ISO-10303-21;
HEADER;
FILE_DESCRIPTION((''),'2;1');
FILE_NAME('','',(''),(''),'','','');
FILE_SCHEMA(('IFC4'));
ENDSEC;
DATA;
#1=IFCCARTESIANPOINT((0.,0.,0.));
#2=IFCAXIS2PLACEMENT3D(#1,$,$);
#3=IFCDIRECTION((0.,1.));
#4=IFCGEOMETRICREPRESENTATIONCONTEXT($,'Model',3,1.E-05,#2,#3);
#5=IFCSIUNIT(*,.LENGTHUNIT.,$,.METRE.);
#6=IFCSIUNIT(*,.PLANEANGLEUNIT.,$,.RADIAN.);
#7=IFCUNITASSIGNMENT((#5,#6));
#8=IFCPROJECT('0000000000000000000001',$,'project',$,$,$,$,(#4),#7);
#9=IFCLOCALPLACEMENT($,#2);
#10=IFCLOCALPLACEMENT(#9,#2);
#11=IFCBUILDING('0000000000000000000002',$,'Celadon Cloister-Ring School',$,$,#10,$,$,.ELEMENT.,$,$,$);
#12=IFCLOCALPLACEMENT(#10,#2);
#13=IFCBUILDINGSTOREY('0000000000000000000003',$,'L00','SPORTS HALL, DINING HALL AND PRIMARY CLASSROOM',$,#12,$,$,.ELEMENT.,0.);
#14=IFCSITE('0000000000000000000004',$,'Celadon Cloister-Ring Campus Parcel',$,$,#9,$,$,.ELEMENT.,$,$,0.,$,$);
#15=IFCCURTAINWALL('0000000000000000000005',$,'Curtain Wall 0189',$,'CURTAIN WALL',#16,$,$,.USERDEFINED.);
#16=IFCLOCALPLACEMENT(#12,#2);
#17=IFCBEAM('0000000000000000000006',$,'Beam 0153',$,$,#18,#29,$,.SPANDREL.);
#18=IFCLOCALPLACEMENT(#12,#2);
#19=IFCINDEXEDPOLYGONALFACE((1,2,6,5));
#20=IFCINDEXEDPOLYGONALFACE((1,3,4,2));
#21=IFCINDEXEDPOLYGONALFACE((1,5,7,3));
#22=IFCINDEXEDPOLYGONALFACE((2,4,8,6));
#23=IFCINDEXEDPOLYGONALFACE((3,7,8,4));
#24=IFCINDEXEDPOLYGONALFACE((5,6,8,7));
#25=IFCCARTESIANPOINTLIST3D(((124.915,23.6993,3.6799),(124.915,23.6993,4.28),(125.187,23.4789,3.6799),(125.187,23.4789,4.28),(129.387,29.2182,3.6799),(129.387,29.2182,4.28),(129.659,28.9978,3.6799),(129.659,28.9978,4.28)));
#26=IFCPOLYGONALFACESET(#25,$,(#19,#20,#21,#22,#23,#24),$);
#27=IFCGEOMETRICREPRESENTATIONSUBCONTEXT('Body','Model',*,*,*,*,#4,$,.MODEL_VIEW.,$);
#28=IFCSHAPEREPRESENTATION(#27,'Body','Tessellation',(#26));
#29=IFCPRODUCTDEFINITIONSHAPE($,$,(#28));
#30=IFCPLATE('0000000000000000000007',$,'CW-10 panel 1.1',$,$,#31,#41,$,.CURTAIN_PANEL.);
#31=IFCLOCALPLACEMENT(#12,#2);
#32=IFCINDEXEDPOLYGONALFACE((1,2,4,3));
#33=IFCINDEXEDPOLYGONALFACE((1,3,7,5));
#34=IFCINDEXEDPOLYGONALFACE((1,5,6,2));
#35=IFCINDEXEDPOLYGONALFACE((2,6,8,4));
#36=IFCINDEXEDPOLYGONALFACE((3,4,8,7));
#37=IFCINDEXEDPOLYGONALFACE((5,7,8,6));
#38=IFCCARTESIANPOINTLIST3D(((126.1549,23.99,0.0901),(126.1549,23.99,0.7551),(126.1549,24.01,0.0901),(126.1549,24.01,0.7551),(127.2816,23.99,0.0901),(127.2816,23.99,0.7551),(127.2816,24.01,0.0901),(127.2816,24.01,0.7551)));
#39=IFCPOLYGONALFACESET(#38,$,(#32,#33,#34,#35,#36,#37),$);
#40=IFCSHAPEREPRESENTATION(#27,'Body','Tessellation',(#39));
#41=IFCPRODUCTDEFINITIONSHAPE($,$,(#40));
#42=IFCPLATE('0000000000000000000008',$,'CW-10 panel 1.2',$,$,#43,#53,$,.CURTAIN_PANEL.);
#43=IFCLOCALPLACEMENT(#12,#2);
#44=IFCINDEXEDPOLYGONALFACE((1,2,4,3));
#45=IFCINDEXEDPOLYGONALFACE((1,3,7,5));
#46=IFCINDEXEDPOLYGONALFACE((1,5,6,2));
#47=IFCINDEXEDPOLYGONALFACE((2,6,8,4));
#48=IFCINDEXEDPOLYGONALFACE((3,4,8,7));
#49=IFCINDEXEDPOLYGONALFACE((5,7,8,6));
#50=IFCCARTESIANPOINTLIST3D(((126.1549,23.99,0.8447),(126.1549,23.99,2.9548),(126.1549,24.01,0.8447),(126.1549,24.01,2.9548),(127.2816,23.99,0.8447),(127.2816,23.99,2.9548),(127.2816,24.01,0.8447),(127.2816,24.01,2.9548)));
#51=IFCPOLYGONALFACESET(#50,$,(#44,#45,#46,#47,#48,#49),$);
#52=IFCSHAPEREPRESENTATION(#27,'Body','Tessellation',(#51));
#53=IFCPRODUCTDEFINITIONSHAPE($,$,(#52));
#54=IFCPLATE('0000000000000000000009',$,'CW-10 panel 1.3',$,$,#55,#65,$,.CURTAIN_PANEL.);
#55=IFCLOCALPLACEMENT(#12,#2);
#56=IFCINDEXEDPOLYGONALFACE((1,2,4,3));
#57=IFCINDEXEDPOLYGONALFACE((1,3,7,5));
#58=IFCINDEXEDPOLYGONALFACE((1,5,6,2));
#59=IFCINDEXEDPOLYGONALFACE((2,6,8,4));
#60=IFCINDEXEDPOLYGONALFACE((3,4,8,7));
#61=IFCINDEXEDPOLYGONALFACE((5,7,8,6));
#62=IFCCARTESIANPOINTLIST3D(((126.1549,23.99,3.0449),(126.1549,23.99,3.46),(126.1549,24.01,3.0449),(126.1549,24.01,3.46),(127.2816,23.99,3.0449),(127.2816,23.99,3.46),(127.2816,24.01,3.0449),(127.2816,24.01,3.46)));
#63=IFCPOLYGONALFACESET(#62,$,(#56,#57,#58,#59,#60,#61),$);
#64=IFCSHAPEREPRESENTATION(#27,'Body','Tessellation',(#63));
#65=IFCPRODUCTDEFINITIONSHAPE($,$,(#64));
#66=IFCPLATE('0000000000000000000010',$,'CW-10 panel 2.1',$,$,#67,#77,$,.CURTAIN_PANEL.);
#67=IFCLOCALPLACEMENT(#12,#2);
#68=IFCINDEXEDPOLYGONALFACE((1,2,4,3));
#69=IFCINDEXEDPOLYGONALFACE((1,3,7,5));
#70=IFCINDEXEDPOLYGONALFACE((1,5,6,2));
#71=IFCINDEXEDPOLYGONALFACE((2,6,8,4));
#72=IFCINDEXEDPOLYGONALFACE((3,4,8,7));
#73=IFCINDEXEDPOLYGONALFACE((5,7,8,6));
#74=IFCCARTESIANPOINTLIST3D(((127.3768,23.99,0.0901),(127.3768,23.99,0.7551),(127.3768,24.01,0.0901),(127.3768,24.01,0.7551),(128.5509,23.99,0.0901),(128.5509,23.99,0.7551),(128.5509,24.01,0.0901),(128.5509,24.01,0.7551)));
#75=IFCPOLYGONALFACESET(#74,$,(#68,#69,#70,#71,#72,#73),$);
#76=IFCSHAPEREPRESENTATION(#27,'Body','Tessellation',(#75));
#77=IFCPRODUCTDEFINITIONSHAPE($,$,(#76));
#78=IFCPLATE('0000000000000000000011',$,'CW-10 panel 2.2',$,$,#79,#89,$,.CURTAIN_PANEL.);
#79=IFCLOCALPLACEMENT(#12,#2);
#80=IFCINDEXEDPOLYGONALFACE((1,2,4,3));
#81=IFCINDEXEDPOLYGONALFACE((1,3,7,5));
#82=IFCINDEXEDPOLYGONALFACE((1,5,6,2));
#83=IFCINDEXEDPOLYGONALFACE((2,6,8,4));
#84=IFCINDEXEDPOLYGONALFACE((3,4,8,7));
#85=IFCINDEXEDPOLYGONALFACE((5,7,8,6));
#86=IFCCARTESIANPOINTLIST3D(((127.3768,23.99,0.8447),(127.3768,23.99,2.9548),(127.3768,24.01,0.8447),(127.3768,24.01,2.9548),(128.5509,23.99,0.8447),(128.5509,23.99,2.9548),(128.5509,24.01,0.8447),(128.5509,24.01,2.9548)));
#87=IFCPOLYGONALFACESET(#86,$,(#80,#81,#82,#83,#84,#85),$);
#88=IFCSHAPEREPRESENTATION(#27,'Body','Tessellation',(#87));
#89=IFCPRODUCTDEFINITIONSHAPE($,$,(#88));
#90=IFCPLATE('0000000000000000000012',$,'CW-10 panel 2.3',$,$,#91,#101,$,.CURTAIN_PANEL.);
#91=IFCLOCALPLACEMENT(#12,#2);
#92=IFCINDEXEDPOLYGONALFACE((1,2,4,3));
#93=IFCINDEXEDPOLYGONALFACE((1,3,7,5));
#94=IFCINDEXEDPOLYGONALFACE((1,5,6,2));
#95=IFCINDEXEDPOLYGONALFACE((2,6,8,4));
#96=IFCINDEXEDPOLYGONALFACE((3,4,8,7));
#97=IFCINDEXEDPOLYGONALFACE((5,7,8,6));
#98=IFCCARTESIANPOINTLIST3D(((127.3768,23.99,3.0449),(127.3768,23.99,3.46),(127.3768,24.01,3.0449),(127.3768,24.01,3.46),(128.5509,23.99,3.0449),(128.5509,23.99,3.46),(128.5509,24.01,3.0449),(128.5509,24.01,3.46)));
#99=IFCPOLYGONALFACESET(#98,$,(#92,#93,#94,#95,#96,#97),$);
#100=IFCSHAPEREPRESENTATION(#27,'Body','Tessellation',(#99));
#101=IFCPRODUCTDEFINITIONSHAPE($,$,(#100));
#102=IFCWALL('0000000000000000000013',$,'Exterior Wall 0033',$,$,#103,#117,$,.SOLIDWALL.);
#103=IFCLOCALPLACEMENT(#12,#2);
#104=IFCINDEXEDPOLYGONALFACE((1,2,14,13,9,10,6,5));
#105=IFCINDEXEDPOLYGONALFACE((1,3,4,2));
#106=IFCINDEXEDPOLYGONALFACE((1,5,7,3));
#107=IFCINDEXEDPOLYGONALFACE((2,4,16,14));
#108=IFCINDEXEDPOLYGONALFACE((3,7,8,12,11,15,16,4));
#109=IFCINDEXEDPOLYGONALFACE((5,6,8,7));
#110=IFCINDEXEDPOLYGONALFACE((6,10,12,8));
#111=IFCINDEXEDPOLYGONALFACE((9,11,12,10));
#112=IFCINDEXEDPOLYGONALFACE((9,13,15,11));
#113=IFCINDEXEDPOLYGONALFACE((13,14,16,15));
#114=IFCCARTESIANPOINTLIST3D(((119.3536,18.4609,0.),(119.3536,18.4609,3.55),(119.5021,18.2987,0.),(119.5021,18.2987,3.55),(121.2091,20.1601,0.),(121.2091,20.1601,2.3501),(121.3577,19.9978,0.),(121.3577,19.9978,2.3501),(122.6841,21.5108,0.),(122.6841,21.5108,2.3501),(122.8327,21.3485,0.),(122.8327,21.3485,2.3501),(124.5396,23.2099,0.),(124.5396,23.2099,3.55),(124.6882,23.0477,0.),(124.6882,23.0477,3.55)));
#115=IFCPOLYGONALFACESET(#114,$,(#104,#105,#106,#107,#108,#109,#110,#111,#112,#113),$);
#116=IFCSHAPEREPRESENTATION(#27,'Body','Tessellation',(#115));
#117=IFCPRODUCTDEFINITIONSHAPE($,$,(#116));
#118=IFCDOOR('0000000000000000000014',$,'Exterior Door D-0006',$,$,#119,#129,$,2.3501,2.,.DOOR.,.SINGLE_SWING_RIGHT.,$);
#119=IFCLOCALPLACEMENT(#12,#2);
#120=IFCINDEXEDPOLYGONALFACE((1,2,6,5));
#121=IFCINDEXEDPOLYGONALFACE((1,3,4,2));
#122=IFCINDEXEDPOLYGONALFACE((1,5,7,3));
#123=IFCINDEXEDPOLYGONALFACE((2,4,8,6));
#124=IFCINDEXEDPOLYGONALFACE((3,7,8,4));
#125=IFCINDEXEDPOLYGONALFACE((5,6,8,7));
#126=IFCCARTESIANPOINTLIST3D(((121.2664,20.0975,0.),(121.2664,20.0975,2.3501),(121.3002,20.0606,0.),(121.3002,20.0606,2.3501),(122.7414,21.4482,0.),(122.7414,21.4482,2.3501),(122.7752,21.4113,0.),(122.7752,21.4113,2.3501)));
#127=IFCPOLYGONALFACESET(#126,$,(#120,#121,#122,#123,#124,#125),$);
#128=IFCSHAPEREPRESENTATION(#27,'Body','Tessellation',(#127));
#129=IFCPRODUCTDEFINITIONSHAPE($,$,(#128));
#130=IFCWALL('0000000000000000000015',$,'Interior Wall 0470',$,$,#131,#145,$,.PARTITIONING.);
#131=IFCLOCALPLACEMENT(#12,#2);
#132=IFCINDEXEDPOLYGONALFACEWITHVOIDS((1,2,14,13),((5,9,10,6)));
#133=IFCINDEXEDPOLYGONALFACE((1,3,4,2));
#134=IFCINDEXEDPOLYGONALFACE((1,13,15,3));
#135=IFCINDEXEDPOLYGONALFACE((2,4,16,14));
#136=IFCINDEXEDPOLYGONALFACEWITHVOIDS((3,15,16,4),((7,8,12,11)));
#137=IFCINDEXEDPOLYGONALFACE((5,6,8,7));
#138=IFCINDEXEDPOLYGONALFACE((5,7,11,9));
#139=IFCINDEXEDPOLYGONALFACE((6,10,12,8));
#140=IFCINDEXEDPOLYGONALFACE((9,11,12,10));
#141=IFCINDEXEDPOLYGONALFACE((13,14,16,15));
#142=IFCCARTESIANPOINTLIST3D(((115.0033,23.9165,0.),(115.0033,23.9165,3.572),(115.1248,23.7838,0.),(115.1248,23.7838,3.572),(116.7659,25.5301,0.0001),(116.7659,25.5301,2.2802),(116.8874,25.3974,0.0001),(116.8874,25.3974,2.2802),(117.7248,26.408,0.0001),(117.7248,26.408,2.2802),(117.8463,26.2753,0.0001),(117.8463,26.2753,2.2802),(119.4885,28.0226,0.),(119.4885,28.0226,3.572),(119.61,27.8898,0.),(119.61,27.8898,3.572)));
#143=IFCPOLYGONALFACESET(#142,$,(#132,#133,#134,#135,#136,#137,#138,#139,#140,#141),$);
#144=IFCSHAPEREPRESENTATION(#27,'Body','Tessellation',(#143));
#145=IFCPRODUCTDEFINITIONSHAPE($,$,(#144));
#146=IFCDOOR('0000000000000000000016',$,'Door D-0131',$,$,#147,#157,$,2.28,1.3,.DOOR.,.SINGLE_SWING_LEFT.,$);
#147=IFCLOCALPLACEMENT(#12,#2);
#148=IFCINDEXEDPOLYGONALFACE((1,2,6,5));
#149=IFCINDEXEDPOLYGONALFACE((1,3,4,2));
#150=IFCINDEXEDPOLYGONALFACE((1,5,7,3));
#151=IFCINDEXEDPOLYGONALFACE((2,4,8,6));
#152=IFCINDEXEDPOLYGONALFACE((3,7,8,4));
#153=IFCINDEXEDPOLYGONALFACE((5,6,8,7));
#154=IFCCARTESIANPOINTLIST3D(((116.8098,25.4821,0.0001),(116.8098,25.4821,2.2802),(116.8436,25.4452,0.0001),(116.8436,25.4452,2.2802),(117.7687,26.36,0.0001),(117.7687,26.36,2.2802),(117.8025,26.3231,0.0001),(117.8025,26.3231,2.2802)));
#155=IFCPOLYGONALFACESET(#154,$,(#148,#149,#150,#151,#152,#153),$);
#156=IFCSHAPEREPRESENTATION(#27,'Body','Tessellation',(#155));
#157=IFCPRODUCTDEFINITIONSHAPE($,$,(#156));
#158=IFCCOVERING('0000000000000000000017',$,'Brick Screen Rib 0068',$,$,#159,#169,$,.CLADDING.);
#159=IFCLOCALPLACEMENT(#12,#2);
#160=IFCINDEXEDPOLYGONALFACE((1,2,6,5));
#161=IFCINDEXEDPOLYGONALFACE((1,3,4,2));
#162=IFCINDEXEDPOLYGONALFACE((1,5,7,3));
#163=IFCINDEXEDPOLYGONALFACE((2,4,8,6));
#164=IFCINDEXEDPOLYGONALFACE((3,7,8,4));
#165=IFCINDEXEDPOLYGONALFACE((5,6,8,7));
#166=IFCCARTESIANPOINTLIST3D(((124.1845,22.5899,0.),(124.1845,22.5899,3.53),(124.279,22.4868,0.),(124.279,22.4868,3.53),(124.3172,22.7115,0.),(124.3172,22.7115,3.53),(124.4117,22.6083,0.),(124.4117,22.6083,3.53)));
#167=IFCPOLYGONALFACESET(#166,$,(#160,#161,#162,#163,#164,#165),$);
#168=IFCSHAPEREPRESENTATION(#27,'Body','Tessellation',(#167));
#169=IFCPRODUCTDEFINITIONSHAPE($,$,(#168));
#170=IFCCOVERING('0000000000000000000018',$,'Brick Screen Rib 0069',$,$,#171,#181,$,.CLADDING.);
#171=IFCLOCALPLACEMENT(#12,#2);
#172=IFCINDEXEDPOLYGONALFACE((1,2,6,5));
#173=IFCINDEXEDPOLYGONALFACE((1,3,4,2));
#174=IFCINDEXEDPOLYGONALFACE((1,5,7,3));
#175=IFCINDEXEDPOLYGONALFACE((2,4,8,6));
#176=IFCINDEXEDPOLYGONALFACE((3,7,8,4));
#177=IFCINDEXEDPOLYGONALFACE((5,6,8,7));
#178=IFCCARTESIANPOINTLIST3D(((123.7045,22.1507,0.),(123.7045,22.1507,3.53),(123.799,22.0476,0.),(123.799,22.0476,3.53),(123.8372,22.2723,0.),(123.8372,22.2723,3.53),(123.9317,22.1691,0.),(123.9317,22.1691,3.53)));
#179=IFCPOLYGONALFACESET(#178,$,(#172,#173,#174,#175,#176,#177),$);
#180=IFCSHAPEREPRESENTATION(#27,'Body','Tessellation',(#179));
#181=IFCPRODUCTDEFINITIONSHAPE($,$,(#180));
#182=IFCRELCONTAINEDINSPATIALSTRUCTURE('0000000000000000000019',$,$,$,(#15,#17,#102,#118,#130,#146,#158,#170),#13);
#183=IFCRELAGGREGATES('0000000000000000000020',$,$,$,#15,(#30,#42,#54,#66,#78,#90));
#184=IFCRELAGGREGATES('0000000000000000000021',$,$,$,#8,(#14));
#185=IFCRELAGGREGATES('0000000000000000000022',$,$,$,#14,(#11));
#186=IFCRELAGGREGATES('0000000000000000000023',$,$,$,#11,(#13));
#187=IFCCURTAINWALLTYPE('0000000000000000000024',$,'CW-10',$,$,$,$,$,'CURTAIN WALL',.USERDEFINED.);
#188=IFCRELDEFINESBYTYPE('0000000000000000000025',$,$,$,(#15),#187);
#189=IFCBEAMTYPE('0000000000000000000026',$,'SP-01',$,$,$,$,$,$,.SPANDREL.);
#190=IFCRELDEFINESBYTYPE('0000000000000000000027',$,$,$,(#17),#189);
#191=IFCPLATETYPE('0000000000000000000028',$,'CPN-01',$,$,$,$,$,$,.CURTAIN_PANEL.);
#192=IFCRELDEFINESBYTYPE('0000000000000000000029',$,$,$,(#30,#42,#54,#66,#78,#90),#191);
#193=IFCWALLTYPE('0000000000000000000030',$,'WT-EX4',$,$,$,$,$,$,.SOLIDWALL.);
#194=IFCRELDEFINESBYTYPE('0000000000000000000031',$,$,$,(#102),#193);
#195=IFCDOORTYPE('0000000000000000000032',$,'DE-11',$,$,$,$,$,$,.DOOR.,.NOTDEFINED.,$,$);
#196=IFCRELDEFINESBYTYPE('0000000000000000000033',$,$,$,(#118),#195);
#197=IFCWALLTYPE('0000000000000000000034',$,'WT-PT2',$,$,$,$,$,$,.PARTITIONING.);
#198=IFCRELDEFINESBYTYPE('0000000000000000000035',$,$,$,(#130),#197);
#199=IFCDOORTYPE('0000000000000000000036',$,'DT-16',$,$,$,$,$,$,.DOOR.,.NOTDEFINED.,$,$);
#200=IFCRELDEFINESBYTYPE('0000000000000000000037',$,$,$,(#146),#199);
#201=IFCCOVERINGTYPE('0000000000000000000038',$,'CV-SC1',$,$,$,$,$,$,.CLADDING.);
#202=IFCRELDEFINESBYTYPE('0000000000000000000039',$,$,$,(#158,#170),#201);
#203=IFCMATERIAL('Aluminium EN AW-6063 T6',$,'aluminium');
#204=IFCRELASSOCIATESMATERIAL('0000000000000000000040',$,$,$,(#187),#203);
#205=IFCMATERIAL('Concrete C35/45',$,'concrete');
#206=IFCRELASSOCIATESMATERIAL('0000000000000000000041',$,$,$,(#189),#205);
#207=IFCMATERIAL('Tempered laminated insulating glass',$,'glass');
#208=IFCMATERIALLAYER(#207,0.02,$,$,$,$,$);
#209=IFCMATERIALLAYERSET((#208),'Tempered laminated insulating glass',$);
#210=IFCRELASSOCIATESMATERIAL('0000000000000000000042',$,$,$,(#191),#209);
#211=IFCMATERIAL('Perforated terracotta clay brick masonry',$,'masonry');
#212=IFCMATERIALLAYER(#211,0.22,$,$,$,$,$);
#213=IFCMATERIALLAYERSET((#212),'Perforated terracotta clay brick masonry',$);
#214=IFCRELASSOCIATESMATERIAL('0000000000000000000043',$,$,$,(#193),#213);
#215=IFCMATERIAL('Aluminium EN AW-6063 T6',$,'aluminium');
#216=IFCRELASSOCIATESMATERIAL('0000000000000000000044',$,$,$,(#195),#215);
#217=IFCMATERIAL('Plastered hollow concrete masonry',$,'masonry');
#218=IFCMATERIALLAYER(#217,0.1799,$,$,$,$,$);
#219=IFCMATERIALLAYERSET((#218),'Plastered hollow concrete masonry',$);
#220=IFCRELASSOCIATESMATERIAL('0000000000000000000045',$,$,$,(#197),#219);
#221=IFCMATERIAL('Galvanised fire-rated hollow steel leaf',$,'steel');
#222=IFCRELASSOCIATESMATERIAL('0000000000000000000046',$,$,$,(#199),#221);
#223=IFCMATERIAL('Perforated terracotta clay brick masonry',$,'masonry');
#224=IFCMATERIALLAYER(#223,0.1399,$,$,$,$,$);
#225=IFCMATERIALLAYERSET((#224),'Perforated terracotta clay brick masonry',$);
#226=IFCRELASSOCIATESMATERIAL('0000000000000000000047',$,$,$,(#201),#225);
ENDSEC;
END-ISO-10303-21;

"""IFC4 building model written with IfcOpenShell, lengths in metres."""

from ifc_helpers import new_model, si_unit, direction, frame, frame_2d, origin, origin_2d, place, context, subcontext, project, spatial, rectangle, extrude, material, layer, layer_set, material_profile, profile_set, type_object, element, fill, aggregate, save


model = new_model("IFC4")

# Units and contexts
model_context = context("Model", 3, precision=1e-05, world=origin(), true_north=direction((0.0, 1.0)))
body_context = subcontext(model_context, "Body", "Model", "MODEL_VIEW")
ifc_project = project(units=[si_unit("LENGTHUNIT", "METRE"), si_unit("PLANEANGLEUNIT", "RADIAN")], contexts=[model_context])

# Site, building, storey
site_placement = place(None, origin())
site = spatial("IfcSite", under=ifc_project, at=site_placement, Name="Celadon Cloister-Ring Campus Parcel", CompositionType="ELEMENT", RefElevation=0.0)
building_placement = place(site_placement, origin())
building = spatial("IfcBuilding", under=site, at=building_placement, Name="Celadon Cloister-Ring School", CompositionType="ELEMENT")
storey_placement = place(building_placement, origin())
storey = spatial("IfcBuildingStorey", under=building, at=storey_placement, Name="L00", Description="SPORTS HALL, DINING HALL AND PRIMARY CLASSROOM", CompositionType="ELEMENT", Elevation=0.0)

# Curtain wall
ifc_material_1 = material(Name="Aluminium EN AW-6063 T6", Category="aluminium")
curtain_wall_type = type_object("IfcCurtainWallType", Name="CW-10", ElementType="CURTAIN WALL", PredefinedType="USERDEFINED", material=ifc_material_1)
curtain_wall_placement = place(storey_placement, origin())
curtain_wall = element("IfcCurtainWall", 1, at=curtain_wall_placement, inside=storey, type_object=curtain_wall_type, Name="Curtain Wall 0189", ObjectType="CURTAIN WALL", PredefinedType="USERDEFINED")

# Beam
ifc_material_2 = material(Name="Concrete C35/45", Category="concrete")
ifc_material_profile_1 = material_profile(ifc_material_2, rectangle(XDim=0.3501, YDim=0.6001, at=origin_2d()), Name="RC350X600")
ifc_profile_set_1 = profile_set([ifc_material_profile_1], Name="Concrete C35/45")
beam_type_1 = type_object("IfcBeamType", Name="SP-01", PredefinedType="SPANDREL", material=ifc_profile_set_1)
beam_1_placement = place(storey_placement, frame((125.051, 23.5891, 3.98), z_axis=(0.629566, 0.776947, 0.0), x_axis=(-0.776947, 0.629566, 0.0)))
element("IfcBeam", 2, at=beam_1_placement, inside=storey, type_object=beam_type_1, Name="Beam 0153", PredefinedType="SPANDREL", context=body_context, shape_type="SweptSolid", body=[
    extrude(rectangle(XDim=0.3501, YDim=0.6001, at=origin_2d()), origin(), (0.0, 0.0, 1.0), 7.1033),
])

# Plates
ifc_material_3 = material(Name="Tempered laminated insulating glass", Category="glass")
ifc_layer_1 = layer(ifc_material_3, 0.02)
ifc_layer_set_1 = layer_set([ifc_layer_1], Name="Tempered laminated insulating glass")
plate_type = type_object("IfcPlateType", Name="CPN-01", PredefinedType="CURTAIN_PANEL", material=ifc_layer_set_1)
plate_1_placement = place(storey_placement, frame((126.7183, 24.0, 0.0901), z_axis=(0.0, 0.0, 1.0), x_axis=(1.0, 0.0, 0.0)))
plate_1 = element("IfcPlate", 3, at=plate_1_placement, type_object=plate_type, Name="CW-10 panel 1.1", PredefinedType="CURTAIN_PANEL", context=body_context, shape_type="SweptSolid", body=[
    extrude(rectangle(XDim=1.1267, YDim=0.02, at=origin_2d()), origin(), (0.0, 0.0, 1.0), 0.665),
])
plate_2_placement = place(storey_placement, frame((126.7183, 24.0, 0.8447), z_axis=(0.0, 0.0, 1.0), x_axis=(1.0, 0.0, 0.0)))
plate_2 = element("IfcPlate", 4, at=plate_2_placement, type_object=plate_type, Name="CW-10 panel 1.2", PredefinedType="CURTAIN_PANEL", context=body_context, shape_type="SweptSolid", body=[
    extrude(rectangle(XDim=1.1267, YDim=0.02, at=origin_2d()), origin(), (0.0, 0.0, 1.0), 2.1101),
])
plate_3_placement = place(storey_placement, frame((126.7183, 24.0, 3.0449), z_axis=(0.0, 0.0, 1.0), x_axis=(1.0, 0.0, 0.0)))
plate_3 = element("IfcPlate", 5, at=plate_3_placement, type_object=plate_type, Name="CW-10 panel 1.3", PredefinedType="CURTAIN_PANEL", context=body_context, shape_type="SweptSolid", body=[
    extrude(rectangle(XDim=1.1267, YDim=0.02, at=origin_2d()), origin(), (0.0, 0.0, 1.0), 0.415),
])
plate_4_placement = place(storey_placement, frame((127.9639, 24.0, 0.0901), z_axis=(0.0, 0.0, 1.0), x_axis=(1.0, 0.0, 0.0)))
plate_4 = element("IfcPlate", 6, at=plate_4_placement, type_object=plate_type, Name="CW-10 panel 2.1", PredefinedType="CURTAIN_PANEL", context=body_context, shape_type="SweptSolid", body=[
    extrude(rectangle(XDim=1.1741, YDim=0.02, at=origin_2d()), origin(), (0.0, 0.0, 1.0), 0.665),
])
plate_5_placement = place(storey_placement, frame((127.9639, 24.0, 0.8447), z_axis=(0.0, 0.0, 1.0), x_axis=(1.0, 0.0, 0.0)))
plate_5 = element("IfcPlate", 7, at=plate_5_placement, type_object=plate_type, Name="CW-10 panel 2.2", PredefinedType="CURTAIN_PANEL", context=body_context, shape_type="SweptSolid", body=[
    extrude(rectangle(XDim=1.1741, YDim=0.02, at=origin_2d()), origin(), (0.0, 0.0, 1.0), 2.1101),
])
plate_6_placement = place(storey_placement, frame((127.9639, 24.0, 3.0449), z_axis=(0.0, 0.0, 1.0), x_axis=(1.0, 0.0, 0.0)))
plate_6 = element("IfcPlate", 8, at=plate_6_placement, type_object=plate_type, Name="CW-10 panel 2.3", PredefinedType="CURTAIN_PANEL", context=body_context, shape_type="SweptSolid", body=[
    extrude(rectangle(XDim=1.1741, YDim=0.02, at=origin_2d()), origin(), (0.0, 0.0, 1.0), 0.415),
])
aggregate(curtain_wall, [plate_1, plate_2, plate_3, plate_4, plate_5, plate_6])

# Walls, openings, doors
ifc_material_4 = material(Name="Perforated terracotta clay brick masonry", Category="masonry")
ifc_layer_2 = layer(ifc_material_4, 0.22)
ifc_layer_set_2 = layer_set([ifc_layer_2], Name="Perforated terracotta clay brick masonry")
wall_type_1 = type_object("IfcWallType", Name="WT-EX4", PredefinedType="SOLIDWALL", material=ifc_layer_set_2)
wall_1_placement = place(storey_placement, frame((124.614, 23.1289, 0.0), z_axis=(0.0, 0.0, 1.0), x_axis=(-0.737497, -0.67535, 0.0)))
wall_1 = element("IfcWall", 9, at=wall_1_placement, inside=storey, type_object=wall_type_1, Name="Exterior Wall 0033", PredefinedType="SOLIDWALL", context=body_context, shape_type="SweptSolid", body=[
    extrude(rectangle(XDim=7.032, YDim=0.22, at=frame_2d((3.5161, 0.0))), origin(), (0.0, 0.0, 1.0), 3.55),
])
opening_1_placement = place(wall_1_placement, frame((2.5161, 0.0, 0.0)))
opening_1 = element("IfcOpeningElement", 10, at=opening_1_placement, cuts=wall_1, PredefinedType="OPENING", context=body_context, shape_type="SweptSolid", body=[
    extrude(rectangle(XDim=2.0, YDim=2.3501, at=frame_2d((1.0, 1.175))), frame((0.0, 0.1201, 0.0), z_axis=(0.0, -1.0, 0.0), x_axis=(1.0, 0.0, 0.0)), (0.0, 0.0, 1.0), 0.24),
])
ifc_material_5 = material(Name="Aluminium EN AW-6063 T6", Category="aluminium")
door_type_1 = type_object("IfcDoorType", Name="DE-11", OperationType="NOTDEFINED", PredefinedType="DOOR", material=ifc_material_5)
door_1_placement = place(opening_1_placement, origin())
door_1 = element("IfcDoor", 11, at=door_1_placement, inside=storey, type_object=door_type_1, Name="Exterior Door D-0006", OperationType="SINGLE_SWING_RIGHT", OverallHeight=2.3501, OverallWidth=2.0, PredefinedType="DOOR", context=body_context, shape_type="SweptSolid", body=[
    extrude(rectangle(XDim=2.0, YDim=2.3501, at=frame_2d((1.0, 1.175))), frame((0.0, 0.0249, 0.0), z_axis=(0.0, -1.0, 0.0), x_axis=(1.0, 0.0, 0.0)), (0.0, 0.0, 1.0), 0.05),
])
fill(opening_1, door_1)
ifc_material_6 = material(Name="Plastered hollow concrete masonry", Category="masonry")
ifc_layer_3 = layer(ifc_material_6, 0.1799)
ifc_layer_set_3 = layer_set([ifc_layer_3], Name="Plastered hollow concrete masonry")
wall_type_2 = type_object("IfcWallType", Name="WT-PT2", PredefinedType="PARTITIONING", material=ifc_layer_set_3)
wall_2_placement = place(storey_placement, frame((115.064, 23.8501, 0.0), z_axis=(0.0, 0.0, 1.0), x_axis=(0.737596, 0.675243, 0.0)))
wall_2 = element("IfcWall", 12, at=wall_2_placement, inside=storey, type_object=wall_type_2, Name="Interior Wall 0470", PredefinedType="PARTITIONING", context=body_context, shape_type="SweptSolid", body=[
    extrude(rectangle(XDim=6.0808, YDim=0.1799, at=frame_2d((3.0405, 0.0))), origin(), (0.0, 0.0, 1.0), 3.572),
])
opening_2_placement = place(wall_2_placement, frame((2.3899, 0.0, 0.0)))
opening_2 = element("IfcOpeningElement", 13, at=opening_2_placement, cuts=wall_2, PredefinedType="OPENING", context=body_context, shape_type="SweptSolid", body=[
    extrude(rectangle(XDim=1.3, YDim=2.28, at=frame_2d((0.6499, 1.1401))), frame((0.0, 0.1001, 0.0), z_axis=(0.0, -1.0, 0.0), x_axis=(1.0, 0.0, 0.0)), (0.0, 0.0, 1.0), 0.2),
])
ifc_material_7 = material(Name="Galvanised fire-rated hollow steel leaf", Category="steel")
door_type_2 = type_object("IfcDoorType", Name="DT-16", OperationType="NOTDEFINED", PredefinedType="DOOR", material=ifc_material_7)
door_2_placement = place(opening_2_placement, origin())
door_2 = element("IfcDoor", 14, at=door_2_placement, inside=storey, type_object=door_type_2, Name="Door D-0131", OperationType="SINGLE_SWING_LEFT", OverallHeight=2.28, OverallWidth=1.3, PredefinedType="DOOR", context=body_context, shape_type="SweptSolid", body=[
    extrude(rectangle(XDim=1.3, YDim=2.28, at=frame_2d((0.6499, 1.1401))), frame((0.0, 0.0249, 0.0), z_axis=(0.0, -1.0, 0.0), x_axis=(1.0, 0.0, 0.0)), (0.0, 0.0, 1.0), 0.05),
])
fill(opening_2, door_2)

# Coverings
ifc_material_8 = material(Name="Perforated terracotta clay brick masonry", Category="masonry")
ifc_layer_4 = layer(ifc_material_8, 0.1399)
ifc_layer_set_4 = layer_set([ifc_layer_4], Name="Perforated terracotta clay brick masonry")
covering_type = type_object("IfcCoveringType", Name="CV-SC1", PredefinedType="CLADDING", material=ifc_layer_set_4)
for number, where, z_axis, x_axis, name in (
    (15, (124.2981, 22.5991, 0.0), (0.0, 0.0, 1.0), (-0.737501, -0.675346, 0.0), "Brick Screen Rib 0068"),
    (16, (123.8181, 22.1599, 0.0), (0.0, 0.0, 1.0), (-0.737501, -0.675346, 0.0), "Brick Screen Rib 0069"),
):
    element("IfcCovering", number, at=place(storey_placement, frame(where, z_axis=z_axis, x_axis=x_axis)), inside=storey, type_object=covering_type, Name=name, PredefinedType="CLADDING", context=body_context, shape_type="SweptSolid", body=[
        extrude(rectangle(XDim=0.1799, YDim=0.1399, at=origin_2d()), origin(), (0.0, 0.0, 1.0), 3.53),
    ])

save(model, "model.ifc")
